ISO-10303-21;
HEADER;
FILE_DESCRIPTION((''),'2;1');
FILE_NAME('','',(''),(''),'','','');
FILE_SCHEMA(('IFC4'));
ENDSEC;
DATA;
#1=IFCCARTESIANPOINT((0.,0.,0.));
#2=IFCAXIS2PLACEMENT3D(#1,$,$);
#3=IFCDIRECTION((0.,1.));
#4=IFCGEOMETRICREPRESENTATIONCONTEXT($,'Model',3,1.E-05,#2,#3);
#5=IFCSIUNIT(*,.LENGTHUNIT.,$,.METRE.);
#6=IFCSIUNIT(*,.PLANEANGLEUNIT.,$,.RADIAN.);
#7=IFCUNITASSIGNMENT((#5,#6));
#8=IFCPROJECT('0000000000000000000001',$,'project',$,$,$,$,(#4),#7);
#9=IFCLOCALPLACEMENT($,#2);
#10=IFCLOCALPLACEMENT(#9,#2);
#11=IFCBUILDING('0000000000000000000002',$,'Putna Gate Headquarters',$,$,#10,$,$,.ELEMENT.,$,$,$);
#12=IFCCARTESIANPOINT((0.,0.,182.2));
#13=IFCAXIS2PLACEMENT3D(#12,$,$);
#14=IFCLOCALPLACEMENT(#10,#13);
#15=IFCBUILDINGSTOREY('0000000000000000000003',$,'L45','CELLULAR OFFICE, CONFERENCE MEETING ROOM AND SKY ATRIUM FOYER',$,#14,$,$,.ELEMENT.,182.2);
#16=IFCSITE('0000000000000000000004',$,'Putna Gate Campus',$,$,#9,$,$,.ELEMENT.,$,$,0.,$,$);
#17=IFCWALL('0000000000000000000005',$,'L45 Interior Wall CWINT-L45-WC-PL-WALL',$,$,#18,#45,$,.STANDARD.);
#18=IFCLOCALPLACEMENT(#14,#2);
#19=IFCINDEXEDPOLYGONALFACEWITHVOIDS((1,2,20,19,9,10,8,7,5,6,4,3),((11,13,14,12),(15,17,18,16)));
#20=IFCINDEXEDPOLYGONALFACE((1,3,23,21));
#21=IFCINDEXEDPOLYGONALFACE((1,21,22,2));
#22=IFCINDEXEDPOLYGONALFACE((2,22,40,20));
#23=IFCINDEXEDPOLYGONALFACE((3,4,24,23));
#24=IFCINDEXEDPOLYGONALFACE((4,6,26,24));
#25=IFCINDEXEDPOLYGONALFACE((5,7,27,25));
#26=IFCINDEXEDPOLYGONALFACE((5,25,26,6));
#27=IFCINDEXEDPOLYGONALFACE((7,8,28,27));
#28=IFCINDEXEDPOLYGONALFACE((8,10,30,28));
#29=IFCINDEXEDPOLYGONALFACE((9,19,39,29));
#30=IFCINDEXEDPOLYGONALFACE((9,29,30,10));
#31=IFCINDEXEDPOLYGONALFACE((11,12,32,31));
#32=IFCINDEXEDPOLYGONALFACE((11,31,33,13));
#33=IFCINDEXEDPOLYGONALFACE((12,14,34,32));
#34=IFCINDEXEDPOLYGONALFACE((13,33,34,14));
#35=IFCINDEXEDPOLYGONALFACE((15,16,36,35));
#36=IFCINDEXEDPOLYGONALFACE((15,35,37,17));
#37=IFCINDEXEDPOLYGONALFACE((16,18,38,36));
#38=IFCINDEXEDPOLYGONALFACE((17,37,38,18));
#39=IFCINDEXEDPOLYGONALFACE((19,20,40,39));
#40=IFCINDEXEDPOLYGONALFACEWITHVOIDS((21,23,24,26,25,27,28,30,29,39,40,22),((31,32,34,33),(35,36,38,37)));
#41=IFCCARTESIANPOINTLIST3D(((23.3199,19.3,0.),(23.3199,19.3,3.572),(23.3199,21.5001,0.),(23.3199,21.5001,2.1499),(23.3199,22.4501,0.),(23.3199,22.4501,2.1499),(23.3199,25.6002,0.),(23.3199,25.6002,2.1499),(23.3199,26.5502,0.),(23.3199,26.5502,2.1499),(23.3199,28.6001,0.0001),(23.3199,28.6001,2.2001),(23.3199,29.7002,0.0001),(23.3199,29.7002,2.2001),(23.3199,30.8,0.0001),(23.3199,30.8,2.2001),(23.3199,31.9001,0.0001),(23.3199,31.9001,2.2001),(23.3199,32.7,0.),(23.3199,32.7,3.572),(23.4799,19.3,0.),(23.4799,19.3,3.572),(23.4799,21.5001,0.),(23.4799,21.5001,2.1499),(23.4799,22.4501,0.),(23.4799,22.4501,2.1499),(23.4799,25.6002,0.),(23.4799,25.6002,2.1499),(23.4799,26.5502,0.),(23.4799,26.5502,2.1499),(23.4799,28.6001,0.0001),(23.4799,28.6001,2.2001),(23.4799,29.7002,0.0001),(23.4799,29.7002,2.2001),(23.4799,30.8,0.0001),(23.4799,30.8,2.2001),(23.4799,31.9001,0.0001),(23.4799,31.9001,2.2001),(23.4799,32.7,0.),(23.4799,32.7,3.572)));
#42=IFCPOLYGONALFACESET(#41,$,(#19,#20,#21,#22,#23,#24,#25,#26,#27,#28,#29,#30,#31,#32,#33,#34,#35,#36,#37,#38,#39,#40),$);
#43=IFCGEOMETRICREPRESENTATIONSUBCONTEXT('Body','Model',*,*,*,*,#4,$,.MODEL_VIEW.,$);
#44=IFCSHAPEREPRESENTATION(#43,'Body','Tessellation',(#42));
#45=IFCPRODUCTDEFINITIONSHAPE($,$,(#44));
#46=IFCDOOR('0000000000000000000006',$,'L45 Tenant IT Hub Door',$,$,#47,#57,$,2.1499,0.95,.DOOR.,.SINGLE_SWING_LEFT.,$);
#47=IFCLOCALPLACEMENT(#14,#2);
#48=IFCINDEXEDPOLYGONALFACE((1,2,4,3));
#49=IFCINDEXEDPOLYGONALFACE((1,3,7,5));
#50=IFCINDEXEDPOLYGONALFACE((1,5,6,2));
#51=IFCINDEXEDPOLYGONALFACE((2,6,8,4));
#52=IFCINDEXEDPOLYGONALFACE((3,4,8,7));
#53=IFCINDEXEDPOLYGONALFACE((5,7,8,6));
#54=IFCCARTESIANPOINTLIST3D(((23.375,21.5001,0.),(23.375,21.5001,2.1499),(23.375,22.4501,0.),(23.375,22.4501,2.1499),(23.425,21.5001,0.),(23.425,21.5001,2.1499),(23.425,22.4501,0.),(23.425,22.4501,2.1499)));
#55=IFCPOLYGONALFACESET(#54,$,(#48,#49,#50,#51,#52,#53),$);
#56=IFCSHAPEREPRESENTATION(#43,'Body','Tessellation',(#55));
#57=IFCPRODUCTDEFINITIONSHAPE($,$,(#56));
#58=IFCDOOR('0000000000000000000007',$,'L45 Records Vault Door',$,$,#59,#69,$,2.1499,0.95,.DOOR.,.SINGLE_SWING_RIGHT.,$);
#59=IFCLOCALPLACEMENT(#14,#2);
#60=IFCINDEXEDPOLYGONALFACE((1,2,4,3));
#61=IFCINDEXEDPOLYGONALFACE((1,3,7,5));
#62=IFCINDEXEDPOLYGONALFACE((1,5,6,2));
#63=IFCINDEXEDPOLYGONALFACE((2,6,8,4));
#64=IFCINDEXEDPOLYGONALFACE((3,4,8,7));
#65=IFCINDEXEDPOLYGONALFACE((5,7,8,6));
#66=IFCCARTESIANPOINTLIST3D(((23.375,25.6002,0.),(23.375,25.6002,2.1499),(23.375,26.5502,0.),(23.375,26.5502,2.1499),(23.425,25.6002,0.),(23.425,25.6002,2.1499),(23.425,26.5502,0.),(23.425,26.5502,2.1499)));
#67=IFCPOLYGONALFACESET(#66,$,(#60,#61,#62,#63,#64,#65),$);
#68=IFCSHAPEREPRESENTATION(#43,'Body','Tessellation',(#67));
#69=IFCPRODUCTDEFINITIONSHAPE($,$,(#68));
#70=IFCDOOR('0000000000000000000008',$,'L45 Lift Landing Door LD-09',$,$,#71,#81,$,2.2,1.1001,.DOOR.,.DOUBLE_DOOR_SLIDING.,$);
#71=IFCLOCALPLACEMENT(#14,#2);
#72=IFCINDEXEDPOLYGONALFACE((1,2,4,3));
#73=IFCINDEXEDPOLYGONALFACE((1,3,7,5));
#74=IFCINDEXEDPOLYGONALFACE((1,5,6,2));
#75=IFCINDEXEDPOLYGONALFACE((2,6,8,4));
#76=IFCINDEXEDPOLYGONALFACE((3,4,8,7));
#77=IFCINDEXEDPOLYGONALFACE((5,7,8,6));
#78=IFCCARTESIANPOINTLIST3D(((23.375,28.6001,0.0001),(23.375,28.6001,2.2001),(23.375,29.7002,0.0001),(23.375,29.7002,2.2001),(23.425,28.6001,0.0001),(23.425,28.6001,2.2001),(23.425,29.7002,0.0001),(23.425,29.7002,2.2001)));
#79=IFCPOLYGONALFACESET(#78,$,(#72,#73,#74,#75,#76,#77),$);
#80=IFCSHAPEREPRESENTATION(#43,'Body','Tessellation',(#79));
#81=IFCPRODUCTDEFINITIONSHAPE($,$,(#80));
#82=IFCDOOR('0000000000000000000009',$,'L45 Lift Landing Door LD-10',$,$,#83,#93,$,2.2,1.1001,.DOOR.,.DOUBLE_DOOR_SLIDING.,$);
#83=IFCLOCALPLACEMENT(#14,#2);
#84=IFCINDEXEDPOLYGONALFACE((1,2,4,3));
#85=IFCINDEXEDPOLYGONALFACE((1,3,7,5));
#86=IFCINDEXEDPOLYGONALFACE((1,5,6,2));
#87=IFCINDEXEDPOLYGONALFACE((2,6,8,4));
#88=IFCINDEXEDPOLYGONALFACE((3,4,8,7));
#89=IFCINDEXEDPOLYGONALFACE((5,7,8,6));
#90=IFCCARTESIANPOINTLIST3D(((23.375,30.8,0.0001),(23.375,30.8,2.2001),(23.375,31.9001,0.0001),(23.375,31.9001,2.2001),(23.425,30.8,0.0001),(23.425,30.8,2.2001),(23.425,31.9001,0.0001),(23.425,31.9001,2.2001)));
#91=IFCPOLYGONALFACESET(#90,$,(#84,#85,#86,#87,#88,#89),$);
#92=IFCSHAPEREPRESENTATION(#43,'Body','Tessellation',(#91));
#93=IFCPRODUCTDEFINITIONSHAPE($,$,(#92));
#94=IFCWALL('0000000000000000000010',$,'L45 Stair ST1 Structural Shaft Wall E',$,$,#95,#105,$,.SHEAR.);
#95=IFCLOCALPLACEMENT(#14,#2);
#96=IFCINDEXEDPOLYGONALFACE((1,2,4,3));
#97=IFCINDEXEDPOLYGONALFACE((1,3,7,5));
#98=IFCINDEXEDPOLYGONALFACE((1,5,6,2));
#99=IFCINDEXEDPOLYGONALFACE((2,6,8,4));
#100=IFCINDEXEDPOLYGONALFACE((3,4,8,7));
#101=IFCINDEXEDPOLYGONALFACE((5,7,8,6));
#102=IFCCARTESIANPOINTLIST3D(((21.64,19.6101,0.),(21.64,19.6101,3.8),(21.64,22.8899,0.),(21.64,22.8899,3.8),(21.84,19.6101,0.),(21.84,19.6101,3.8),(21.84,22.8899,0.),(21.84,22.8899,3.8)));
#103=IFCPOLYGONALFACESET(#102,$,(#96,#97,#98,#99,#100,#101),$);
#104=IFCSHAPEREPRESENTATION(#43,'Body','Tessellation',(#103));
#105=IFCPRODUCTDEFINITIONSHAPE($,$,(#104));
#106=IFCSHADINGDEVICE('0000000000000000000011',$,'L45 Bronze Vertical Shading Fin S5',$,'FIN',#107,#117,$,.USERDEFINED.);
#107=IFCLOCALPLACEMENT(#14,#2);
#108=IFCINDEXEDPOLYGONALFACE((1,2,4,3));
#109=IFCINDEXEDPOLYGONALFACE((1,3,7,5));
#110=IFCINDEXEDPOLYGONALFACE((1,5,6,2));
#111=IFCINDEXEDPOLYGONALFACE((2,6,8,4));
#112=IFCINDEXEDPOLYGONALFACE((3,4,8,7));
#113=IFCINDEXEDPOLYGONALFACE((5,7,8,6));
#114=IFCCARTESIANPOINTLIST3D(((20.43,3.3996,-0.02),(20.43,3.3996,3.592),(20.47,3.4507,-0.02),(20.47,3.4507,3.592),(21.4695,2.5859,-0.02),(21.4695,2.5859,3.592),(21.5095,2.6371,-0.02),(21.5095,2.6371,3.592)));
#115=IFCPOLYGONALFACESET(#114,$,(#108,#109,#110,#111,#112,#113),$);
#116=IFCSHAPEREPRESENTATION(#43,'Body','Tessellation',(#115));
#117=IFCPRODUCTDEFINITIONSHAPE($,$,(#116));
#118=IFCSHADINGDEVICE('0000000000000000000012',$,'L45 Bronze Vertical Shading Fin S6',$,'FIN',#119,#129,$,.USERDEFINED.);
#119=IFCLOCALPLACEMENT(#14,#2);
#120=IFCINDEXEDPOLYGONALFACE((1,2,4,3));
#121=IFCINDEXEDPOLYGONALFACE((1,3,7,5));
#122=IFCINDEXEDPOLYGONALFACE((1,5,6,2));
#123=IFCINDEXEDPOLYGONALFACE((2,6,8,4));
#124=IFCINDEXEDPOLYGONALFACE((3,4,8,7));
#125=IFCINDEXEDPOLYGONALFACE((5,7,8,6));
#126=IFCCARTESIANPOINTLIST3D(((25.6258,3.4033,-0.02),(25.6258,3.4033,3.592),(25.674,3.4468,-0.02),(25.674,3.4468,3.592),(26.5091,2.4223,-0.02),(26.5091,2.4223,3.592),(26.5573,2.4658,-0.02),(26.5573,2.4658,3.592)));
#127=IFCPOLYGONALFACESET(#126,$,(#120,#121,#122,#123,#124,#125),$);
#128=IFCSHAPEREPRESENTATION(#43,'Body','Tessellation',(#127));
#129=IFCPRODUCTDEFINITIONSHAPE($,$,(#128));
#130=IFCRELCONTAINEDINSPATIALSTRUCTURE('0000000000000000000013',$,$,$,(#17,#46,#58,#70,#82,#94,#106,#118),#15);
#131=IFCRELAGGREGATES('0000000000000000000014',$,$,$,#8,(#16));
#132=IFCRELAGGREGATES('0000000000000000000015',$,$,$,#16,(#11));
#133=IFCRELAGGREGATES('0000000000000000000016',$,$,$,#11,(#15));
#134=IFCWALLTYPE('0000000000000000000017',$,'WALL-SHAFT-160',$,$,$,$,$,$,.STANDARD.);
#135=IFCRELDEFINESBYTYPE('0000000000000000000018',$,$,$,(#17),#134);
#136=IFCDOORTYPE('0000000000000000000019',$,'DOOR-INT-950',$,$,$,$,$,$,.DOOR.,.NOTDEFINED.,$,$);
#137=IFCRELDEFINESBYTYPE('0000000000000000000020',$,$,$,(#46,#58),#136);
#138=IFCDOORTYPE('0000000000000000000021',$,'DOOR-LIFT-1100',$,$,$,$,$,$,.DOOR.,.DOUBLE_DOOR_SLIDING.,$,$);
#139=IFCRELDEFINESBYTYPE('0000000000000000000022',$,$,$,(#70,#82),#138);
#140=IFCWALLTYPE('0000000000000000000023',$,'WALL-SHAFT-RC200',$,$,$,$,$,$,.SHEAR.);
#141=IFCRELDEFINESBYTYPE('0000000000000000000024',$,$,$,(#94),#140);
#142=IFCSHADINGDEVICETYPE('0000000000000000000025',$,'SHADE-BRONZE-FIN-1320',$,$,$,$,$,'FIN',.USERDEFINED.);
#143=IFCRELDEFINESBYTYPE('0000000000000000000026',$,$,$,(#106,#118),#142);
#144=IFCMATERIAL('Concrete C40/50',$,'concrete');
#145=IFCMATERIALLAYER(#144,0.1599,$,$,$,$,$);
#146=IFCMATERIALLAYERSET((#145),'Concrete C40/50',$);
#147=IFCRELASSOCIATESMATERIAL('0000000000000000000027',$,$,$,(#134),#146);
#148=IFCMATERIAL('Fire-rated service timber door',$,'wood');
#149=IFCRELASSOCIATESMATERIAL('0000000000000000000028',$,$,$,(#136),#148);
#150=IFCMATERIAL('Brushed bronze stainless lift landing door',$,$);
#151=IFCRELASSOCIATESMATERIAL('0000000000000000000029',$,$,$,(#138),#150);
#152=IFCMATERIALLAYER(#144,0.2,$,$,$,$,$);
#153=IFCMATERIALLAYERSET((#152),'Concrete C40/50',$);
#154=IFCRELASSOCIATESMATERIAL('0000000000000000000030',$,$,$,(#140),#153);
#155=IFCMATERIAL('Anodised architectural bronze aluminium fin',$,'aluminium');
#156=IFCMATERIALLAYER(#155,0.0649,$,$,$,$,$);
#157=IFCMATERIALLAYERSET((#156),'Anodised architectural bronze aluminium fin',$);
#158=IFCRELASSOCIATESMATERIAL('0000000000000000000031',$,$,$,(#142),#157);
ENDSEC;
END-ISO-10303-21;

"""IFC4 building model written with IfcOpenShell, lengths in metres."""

from ifc_helpers import new_model, si_unit, direction, frame, frame_2d, origin, origin_2d, place, context, subcontext, project, spatial, rectangle, extrude, material, layer, layer_set, type_object, element, fill, save


model = new_model("IFC4")

# Units and contexts
model_context = context("Model", 3, precision=1e-05, world=origin(), true_north=direction((0.0, 1.0)))
body_context = subcontext(model_context, "Body", "Model", "MODEL_VIEW")
ifc_project = project(units=[si_unit("LENGTHUNIT", "METRE"), si_unit("PLANEANGLEUNIT", "RADIAN")], contexts=[model_context])

# Site, building, storey
site_placement = place(None, origin())
site = spatial("IfcSite", under=ifc_project, at=site_placement, Name="Putna Gate Campus", CompositionType="ELEMENT", RefElevation=0.0)
building_placement = place(site_placement, origin())
building = spatial("IfcBuilding", under=site, at=building_placement, Name="Putna Gate Headquarters", CompositionType="ELEMENT")
storey_placement = place(building_placement, frame((0.0, 0.0, 182.2)))
storey = spatial("IfcBuildingStorey", under=building, at=storey_placement, Name="L45", Description="CELLULAR OFFICE, CONFERENCE MEETING ROOM AND SKY ATRIUM FOYER", CompositionType="ELEMENT", Elevation=182.2)

# Wall, openings, doors
ifc_material_1 = material(Name="Concrete C40/50", Category="concrete")
ifc_layer_1 = layer(ifc_material_1, 0.1599)
ifc_layer_set_1 = layer_set([ifc_layer_1], Name="Concrete C40/50")
wall_type_1 = type_object("IfcWallType", Name="WALL-SHAFT-160", PredefinedType="STANDARD", material=ifc_layer_set_1)
wall_1_placement = place(storey_placement, frame((23.3999, 19.3, 0.0), z_axis=(0.0, 0.0, 1.0), x_axis=(0.0, 1.0, 0.0)))
wall_1 = element("IfcWall", 1, at=wall_1_placement, inside=storey, type_object=wall_type_1, Name="L45 Interior Wall CWINT-L45-WC-PL-WALL", PredefinedType="STANDARD", context=body_context, shape_type="SweptSolid", body=[
    extrude(rectangle(XDim=13.3999, YDim=0.1599, at=frame_2d((6.7, 0.0))), origin(), (0.0, 0.0, 1.0), 3.572),
])
opening_1_placement = place(wall_1_placement, frame((2.2, 0.0, 0.0)))
opening_1 = element("IfcOpeningElement", 2, at=opening_1_placement, cuts=wall_1, PredefinedType="OPENING", context=body_context, shape_type="SweptSolid", body=[
    extrude(rectangle(XDim=0.95, YDim=2.1499, at=frame_2d((0.4751, 1.075))), frame((0.0, 0.0898, 0.0), z_axis=(0.0, -1.0, 0.0), x_axis=(1.0, 0.0, 0.0)), (0.0, 0.0, 1.0), 0.1799),
])
opening_2_placement = place(wall_1_placement, frame((6.3, 0.0, 0.0)))
opening_2 = element("IfcOpeningElement", 3, at=opening_2_placement, cuts=wall_1, PredefinedType="OPENING", context=body_context, shape_type="SweptSolid", body=[
    extrude(rectangle(XDim=0.95, YDim=2.1499, at=frame_2d((0.4751, 1.075))), frame((0.0, 0.0898, 0.0), z_axis=(0.0, -1.0, 0.0), x_axis=(1.0, 0.0, 0.0)), (0.0, 0.0, 1.0), 0.1799),
])
opening_3_placement = place(wall_1_placement, frame((9.3, 0.0, 0.0)))
opening_3 = element("IfcOpeningElement", 4, at=opening_3_placement, cuts=wall_1, PredefinedType="OPENING", context=body_context, shape_type="SweptSolid", body=[
    extrude(rectangle(XDim=1.1001, YDim=2.2, at=frame_2d((0.55, 1.1001))), frame((0.0, 0.0898, 0.0), z_axis=(0.0, -1.0, 0.0), x_axis=(1.0, 0.0, 0.0)), (0.0, 0.0, 1.0), 0.1799),
])
opening_4_placement = place(wall_1_placement, frame((11.5, 0.0, 0.0)))
opening_4 = element("IfcOpeningElement", 5, at=opening_4_placement, cuts=wall_1, PredefinedType="OPENING", context=body_context, shape_type="SweptSolid", body=[
    extrude(rectangle(XDim=1.1001, YDim=2.2, at=frame_2d((0.55, 1.1001))), frame((0.0, 0.0898, 0.0), z_axis=(0.0, -1.0, 0.0), x_axis=(1.0, 0.0, 0.0)), (0.0, 0.0, 1.0), 0.1799),
])
ifc_material_2 = material(Name="Fire-rated service timber door", Category="wood")
door_type_1 = type_object("IfcDoorType", Name="DOOR-INT-950", OperationType="NOTDEFINED", PredefinedType="DOOR", material=ifc_material_2)
door_1_placement = place(opening_1_placement, origin())
door_1 = element("IfcDoor", 6, at=door_1_placement, inside=storey, type_object=door_type_1, Name="L45 Tenant IT Hub Door", OperationType="SINGLE_SWING_LEFT", OverallHeight=2.1499, OverallWidth=0.95, PredefinedType="DOOR", context=body_context, shape_type="SweptSolid", body=[
    extrude(rectangle(XDim=0.95, YDim=2.1499, at=frame_2d((0.4751, 1.075))), frame((0.0, 0.0249, 0.0), z_axis=(0.0, -1.0, 0.0), x_axis=(1.0, 0.0, 0.0)), (0.0, 0.0, 1.0), 0.05),
])
fill(opening_1, door_1)
door_2_placement = place(opening_2_placement, origin())
door_2 = element("IfcDoor", 7, at=door_2_placement, inside=storey, type_object=door_type_1, Name="L45 Records Vault Door", OperationType="SINGLE_SWING_RIGHT", OverallHeight=2.1499, OverallWidth=0.95, PredefinedType="DOOR", context=body_context, shape_type="SweptSolid", body=[
    extrude(rectangle(XDim=0.95, YDim=2.1499, at=frame_2d((0.4751, 1.075))), frame((0.0, 0.0249, 0.0), z_axis=(0.0, -1.0, 0.0), x_axis=(1.0, 0.0, 0.0)), (0.0, 0.0, 1.0), 0.05),
])
fill(opening_2, door_2)
ifc_material_3 = material(Name="Brushed bronze stainless lift landing door")
door_type_2 = type_object("IfcDoorType", Name="DOOR-LIFT-1100", OperationType="DOUBLE_DOOR_SLIDING", PredefinedType="DOOR", material=ifc_material_3)
door_3_placement = place(opening_3_placement, origin())
door_3 = element("IfcDoor", 8, at=door_3_placement, inside=storey, type_object=door_type_2, Name="L45 Lift Landing Door LD-09", OperationType="DOUBLE_DOOR_SLIDING", OverallHeight=2.2, OverallWidth=1.1001, PredefinedType="DOOR", context=body_context, shape_type="SweptSolid", body=[
    extrude(rectangle(XDim=1.1001, YDim=2.2, at=frame_2d((0.55, 1.1001))), frame((0.0, 0.0249, 0.0), z_axis=(0.0, -1.0, 0.0), x_axis=(1.0, 0.0, 0.0)), (0.0, 0.0, 1.0), 0.05),
])
fill(opening_3, door_3)
door_4_placement = place(opening_4_placement, origin())
door_4 = element("IfcDoor", 9, at=door_4_placement, inside=storey, type_object=door_type_2, Name="L45 Lift Landing Door LD-10", OperationType="DOUBLE_DOOR_SLIDING", OverallHeight=2.2, OverallWidth=1.1001, PredefinedType="DOOR", context=body_context, shape_type="SweptSolid", body=[
    extrude(rectangle(XDim=1.1001, YDim=2.2, at=frame_2d((0.55, 1.1001))), frame((0.0, 0.0249, 0.0), z_axis=(0.0, -1.0, 0.0), x_axis=(1.0, 0.0, 0.0)), (0.0, 0.0, 1.0), 0.05),
])
fill(opening_4, door_4)

# Wall
ifc_layer_2 = layer(ifc_material_1, 0.2)
ifc_layer_set_2 = layer_set([ifc_layer_2], Name="Concrete C40/50")
wall_type_2 = type_object("IfcWallType", Name="WALL-SHAFT-RC200", PredefinedType="SHEAR", material=ifc_layer_set_2)
wall_2_placement = place(storey_placement, frame((21.74, 19.6101, 0.0), z_axis=(0.0, 0.0, 1.0), x_axis=(0.0, 1.0, 0.0)))
element("IfcWall", 10, at=wall_2_placement, inside=storey, type_object=wall_type_2, Name="L45 Stair ST1 Structural Shaft Wall E", PredefinedType="SHEAR", context=body_context, shape_type="SweptSolid", body=[
    extrude(rectangle(XDim=3.2798, YDim=0.2, at=frame_2d((1.6399, 0.0))), origin(), (0.0, 0.0, 1.0), 3.8),
])

# Shading devices
ifc_material_4 = material(Name="Anodised architectural bronze aluminium fin", Category="aluminium")
ifc_layer_3 = layer(ifc_material_4, 0.0649)
ifc_layer_set_3 = layer_set([ifc_layer_3], Name="Anodised architectural bronze aluminium fin")
shading_device_type = type_object("IfcShadingDeviceType", Name="SHADE-BRONZE-FIN-1320", ElementType="FIN", PredefinedType="USERDEFINED", material=ifc_layer_set_3)
for number, where, z_axis, x_axis, name in (
    (11, (20.9697, 3.0183, -0.02), (0.0, 0.0, 1.0), (0.787473, -0.616349, 0.0), "L45 Bronze Vertical Shading Fin S5"),
    (12, (26.0916, 2.9346, -0.02), (0.0, 0.0, 1.0), (0.669131, -0.743145, 0.0), "L45 Bronze Vertical Shading Fin S6"),
):
    element("IfcShadingDevice", number, at=place(storey_placement, frame(where, z_axis=z_axis, x_axis=x_axis)), inside=storey, type_object=shading_device_type, Name=name, ObjectType="FIN", PredefinedType="USERDEFINED", context=body_context, shape_type="SweptSolid", body=[
        extrude(rectangle(XDim=1.3201, YDim=0.0649, at=origin_2d()), origin(), (0.0, 0.0, 1.0), 3.6121),
    ])

save(model, "model.ifc")
